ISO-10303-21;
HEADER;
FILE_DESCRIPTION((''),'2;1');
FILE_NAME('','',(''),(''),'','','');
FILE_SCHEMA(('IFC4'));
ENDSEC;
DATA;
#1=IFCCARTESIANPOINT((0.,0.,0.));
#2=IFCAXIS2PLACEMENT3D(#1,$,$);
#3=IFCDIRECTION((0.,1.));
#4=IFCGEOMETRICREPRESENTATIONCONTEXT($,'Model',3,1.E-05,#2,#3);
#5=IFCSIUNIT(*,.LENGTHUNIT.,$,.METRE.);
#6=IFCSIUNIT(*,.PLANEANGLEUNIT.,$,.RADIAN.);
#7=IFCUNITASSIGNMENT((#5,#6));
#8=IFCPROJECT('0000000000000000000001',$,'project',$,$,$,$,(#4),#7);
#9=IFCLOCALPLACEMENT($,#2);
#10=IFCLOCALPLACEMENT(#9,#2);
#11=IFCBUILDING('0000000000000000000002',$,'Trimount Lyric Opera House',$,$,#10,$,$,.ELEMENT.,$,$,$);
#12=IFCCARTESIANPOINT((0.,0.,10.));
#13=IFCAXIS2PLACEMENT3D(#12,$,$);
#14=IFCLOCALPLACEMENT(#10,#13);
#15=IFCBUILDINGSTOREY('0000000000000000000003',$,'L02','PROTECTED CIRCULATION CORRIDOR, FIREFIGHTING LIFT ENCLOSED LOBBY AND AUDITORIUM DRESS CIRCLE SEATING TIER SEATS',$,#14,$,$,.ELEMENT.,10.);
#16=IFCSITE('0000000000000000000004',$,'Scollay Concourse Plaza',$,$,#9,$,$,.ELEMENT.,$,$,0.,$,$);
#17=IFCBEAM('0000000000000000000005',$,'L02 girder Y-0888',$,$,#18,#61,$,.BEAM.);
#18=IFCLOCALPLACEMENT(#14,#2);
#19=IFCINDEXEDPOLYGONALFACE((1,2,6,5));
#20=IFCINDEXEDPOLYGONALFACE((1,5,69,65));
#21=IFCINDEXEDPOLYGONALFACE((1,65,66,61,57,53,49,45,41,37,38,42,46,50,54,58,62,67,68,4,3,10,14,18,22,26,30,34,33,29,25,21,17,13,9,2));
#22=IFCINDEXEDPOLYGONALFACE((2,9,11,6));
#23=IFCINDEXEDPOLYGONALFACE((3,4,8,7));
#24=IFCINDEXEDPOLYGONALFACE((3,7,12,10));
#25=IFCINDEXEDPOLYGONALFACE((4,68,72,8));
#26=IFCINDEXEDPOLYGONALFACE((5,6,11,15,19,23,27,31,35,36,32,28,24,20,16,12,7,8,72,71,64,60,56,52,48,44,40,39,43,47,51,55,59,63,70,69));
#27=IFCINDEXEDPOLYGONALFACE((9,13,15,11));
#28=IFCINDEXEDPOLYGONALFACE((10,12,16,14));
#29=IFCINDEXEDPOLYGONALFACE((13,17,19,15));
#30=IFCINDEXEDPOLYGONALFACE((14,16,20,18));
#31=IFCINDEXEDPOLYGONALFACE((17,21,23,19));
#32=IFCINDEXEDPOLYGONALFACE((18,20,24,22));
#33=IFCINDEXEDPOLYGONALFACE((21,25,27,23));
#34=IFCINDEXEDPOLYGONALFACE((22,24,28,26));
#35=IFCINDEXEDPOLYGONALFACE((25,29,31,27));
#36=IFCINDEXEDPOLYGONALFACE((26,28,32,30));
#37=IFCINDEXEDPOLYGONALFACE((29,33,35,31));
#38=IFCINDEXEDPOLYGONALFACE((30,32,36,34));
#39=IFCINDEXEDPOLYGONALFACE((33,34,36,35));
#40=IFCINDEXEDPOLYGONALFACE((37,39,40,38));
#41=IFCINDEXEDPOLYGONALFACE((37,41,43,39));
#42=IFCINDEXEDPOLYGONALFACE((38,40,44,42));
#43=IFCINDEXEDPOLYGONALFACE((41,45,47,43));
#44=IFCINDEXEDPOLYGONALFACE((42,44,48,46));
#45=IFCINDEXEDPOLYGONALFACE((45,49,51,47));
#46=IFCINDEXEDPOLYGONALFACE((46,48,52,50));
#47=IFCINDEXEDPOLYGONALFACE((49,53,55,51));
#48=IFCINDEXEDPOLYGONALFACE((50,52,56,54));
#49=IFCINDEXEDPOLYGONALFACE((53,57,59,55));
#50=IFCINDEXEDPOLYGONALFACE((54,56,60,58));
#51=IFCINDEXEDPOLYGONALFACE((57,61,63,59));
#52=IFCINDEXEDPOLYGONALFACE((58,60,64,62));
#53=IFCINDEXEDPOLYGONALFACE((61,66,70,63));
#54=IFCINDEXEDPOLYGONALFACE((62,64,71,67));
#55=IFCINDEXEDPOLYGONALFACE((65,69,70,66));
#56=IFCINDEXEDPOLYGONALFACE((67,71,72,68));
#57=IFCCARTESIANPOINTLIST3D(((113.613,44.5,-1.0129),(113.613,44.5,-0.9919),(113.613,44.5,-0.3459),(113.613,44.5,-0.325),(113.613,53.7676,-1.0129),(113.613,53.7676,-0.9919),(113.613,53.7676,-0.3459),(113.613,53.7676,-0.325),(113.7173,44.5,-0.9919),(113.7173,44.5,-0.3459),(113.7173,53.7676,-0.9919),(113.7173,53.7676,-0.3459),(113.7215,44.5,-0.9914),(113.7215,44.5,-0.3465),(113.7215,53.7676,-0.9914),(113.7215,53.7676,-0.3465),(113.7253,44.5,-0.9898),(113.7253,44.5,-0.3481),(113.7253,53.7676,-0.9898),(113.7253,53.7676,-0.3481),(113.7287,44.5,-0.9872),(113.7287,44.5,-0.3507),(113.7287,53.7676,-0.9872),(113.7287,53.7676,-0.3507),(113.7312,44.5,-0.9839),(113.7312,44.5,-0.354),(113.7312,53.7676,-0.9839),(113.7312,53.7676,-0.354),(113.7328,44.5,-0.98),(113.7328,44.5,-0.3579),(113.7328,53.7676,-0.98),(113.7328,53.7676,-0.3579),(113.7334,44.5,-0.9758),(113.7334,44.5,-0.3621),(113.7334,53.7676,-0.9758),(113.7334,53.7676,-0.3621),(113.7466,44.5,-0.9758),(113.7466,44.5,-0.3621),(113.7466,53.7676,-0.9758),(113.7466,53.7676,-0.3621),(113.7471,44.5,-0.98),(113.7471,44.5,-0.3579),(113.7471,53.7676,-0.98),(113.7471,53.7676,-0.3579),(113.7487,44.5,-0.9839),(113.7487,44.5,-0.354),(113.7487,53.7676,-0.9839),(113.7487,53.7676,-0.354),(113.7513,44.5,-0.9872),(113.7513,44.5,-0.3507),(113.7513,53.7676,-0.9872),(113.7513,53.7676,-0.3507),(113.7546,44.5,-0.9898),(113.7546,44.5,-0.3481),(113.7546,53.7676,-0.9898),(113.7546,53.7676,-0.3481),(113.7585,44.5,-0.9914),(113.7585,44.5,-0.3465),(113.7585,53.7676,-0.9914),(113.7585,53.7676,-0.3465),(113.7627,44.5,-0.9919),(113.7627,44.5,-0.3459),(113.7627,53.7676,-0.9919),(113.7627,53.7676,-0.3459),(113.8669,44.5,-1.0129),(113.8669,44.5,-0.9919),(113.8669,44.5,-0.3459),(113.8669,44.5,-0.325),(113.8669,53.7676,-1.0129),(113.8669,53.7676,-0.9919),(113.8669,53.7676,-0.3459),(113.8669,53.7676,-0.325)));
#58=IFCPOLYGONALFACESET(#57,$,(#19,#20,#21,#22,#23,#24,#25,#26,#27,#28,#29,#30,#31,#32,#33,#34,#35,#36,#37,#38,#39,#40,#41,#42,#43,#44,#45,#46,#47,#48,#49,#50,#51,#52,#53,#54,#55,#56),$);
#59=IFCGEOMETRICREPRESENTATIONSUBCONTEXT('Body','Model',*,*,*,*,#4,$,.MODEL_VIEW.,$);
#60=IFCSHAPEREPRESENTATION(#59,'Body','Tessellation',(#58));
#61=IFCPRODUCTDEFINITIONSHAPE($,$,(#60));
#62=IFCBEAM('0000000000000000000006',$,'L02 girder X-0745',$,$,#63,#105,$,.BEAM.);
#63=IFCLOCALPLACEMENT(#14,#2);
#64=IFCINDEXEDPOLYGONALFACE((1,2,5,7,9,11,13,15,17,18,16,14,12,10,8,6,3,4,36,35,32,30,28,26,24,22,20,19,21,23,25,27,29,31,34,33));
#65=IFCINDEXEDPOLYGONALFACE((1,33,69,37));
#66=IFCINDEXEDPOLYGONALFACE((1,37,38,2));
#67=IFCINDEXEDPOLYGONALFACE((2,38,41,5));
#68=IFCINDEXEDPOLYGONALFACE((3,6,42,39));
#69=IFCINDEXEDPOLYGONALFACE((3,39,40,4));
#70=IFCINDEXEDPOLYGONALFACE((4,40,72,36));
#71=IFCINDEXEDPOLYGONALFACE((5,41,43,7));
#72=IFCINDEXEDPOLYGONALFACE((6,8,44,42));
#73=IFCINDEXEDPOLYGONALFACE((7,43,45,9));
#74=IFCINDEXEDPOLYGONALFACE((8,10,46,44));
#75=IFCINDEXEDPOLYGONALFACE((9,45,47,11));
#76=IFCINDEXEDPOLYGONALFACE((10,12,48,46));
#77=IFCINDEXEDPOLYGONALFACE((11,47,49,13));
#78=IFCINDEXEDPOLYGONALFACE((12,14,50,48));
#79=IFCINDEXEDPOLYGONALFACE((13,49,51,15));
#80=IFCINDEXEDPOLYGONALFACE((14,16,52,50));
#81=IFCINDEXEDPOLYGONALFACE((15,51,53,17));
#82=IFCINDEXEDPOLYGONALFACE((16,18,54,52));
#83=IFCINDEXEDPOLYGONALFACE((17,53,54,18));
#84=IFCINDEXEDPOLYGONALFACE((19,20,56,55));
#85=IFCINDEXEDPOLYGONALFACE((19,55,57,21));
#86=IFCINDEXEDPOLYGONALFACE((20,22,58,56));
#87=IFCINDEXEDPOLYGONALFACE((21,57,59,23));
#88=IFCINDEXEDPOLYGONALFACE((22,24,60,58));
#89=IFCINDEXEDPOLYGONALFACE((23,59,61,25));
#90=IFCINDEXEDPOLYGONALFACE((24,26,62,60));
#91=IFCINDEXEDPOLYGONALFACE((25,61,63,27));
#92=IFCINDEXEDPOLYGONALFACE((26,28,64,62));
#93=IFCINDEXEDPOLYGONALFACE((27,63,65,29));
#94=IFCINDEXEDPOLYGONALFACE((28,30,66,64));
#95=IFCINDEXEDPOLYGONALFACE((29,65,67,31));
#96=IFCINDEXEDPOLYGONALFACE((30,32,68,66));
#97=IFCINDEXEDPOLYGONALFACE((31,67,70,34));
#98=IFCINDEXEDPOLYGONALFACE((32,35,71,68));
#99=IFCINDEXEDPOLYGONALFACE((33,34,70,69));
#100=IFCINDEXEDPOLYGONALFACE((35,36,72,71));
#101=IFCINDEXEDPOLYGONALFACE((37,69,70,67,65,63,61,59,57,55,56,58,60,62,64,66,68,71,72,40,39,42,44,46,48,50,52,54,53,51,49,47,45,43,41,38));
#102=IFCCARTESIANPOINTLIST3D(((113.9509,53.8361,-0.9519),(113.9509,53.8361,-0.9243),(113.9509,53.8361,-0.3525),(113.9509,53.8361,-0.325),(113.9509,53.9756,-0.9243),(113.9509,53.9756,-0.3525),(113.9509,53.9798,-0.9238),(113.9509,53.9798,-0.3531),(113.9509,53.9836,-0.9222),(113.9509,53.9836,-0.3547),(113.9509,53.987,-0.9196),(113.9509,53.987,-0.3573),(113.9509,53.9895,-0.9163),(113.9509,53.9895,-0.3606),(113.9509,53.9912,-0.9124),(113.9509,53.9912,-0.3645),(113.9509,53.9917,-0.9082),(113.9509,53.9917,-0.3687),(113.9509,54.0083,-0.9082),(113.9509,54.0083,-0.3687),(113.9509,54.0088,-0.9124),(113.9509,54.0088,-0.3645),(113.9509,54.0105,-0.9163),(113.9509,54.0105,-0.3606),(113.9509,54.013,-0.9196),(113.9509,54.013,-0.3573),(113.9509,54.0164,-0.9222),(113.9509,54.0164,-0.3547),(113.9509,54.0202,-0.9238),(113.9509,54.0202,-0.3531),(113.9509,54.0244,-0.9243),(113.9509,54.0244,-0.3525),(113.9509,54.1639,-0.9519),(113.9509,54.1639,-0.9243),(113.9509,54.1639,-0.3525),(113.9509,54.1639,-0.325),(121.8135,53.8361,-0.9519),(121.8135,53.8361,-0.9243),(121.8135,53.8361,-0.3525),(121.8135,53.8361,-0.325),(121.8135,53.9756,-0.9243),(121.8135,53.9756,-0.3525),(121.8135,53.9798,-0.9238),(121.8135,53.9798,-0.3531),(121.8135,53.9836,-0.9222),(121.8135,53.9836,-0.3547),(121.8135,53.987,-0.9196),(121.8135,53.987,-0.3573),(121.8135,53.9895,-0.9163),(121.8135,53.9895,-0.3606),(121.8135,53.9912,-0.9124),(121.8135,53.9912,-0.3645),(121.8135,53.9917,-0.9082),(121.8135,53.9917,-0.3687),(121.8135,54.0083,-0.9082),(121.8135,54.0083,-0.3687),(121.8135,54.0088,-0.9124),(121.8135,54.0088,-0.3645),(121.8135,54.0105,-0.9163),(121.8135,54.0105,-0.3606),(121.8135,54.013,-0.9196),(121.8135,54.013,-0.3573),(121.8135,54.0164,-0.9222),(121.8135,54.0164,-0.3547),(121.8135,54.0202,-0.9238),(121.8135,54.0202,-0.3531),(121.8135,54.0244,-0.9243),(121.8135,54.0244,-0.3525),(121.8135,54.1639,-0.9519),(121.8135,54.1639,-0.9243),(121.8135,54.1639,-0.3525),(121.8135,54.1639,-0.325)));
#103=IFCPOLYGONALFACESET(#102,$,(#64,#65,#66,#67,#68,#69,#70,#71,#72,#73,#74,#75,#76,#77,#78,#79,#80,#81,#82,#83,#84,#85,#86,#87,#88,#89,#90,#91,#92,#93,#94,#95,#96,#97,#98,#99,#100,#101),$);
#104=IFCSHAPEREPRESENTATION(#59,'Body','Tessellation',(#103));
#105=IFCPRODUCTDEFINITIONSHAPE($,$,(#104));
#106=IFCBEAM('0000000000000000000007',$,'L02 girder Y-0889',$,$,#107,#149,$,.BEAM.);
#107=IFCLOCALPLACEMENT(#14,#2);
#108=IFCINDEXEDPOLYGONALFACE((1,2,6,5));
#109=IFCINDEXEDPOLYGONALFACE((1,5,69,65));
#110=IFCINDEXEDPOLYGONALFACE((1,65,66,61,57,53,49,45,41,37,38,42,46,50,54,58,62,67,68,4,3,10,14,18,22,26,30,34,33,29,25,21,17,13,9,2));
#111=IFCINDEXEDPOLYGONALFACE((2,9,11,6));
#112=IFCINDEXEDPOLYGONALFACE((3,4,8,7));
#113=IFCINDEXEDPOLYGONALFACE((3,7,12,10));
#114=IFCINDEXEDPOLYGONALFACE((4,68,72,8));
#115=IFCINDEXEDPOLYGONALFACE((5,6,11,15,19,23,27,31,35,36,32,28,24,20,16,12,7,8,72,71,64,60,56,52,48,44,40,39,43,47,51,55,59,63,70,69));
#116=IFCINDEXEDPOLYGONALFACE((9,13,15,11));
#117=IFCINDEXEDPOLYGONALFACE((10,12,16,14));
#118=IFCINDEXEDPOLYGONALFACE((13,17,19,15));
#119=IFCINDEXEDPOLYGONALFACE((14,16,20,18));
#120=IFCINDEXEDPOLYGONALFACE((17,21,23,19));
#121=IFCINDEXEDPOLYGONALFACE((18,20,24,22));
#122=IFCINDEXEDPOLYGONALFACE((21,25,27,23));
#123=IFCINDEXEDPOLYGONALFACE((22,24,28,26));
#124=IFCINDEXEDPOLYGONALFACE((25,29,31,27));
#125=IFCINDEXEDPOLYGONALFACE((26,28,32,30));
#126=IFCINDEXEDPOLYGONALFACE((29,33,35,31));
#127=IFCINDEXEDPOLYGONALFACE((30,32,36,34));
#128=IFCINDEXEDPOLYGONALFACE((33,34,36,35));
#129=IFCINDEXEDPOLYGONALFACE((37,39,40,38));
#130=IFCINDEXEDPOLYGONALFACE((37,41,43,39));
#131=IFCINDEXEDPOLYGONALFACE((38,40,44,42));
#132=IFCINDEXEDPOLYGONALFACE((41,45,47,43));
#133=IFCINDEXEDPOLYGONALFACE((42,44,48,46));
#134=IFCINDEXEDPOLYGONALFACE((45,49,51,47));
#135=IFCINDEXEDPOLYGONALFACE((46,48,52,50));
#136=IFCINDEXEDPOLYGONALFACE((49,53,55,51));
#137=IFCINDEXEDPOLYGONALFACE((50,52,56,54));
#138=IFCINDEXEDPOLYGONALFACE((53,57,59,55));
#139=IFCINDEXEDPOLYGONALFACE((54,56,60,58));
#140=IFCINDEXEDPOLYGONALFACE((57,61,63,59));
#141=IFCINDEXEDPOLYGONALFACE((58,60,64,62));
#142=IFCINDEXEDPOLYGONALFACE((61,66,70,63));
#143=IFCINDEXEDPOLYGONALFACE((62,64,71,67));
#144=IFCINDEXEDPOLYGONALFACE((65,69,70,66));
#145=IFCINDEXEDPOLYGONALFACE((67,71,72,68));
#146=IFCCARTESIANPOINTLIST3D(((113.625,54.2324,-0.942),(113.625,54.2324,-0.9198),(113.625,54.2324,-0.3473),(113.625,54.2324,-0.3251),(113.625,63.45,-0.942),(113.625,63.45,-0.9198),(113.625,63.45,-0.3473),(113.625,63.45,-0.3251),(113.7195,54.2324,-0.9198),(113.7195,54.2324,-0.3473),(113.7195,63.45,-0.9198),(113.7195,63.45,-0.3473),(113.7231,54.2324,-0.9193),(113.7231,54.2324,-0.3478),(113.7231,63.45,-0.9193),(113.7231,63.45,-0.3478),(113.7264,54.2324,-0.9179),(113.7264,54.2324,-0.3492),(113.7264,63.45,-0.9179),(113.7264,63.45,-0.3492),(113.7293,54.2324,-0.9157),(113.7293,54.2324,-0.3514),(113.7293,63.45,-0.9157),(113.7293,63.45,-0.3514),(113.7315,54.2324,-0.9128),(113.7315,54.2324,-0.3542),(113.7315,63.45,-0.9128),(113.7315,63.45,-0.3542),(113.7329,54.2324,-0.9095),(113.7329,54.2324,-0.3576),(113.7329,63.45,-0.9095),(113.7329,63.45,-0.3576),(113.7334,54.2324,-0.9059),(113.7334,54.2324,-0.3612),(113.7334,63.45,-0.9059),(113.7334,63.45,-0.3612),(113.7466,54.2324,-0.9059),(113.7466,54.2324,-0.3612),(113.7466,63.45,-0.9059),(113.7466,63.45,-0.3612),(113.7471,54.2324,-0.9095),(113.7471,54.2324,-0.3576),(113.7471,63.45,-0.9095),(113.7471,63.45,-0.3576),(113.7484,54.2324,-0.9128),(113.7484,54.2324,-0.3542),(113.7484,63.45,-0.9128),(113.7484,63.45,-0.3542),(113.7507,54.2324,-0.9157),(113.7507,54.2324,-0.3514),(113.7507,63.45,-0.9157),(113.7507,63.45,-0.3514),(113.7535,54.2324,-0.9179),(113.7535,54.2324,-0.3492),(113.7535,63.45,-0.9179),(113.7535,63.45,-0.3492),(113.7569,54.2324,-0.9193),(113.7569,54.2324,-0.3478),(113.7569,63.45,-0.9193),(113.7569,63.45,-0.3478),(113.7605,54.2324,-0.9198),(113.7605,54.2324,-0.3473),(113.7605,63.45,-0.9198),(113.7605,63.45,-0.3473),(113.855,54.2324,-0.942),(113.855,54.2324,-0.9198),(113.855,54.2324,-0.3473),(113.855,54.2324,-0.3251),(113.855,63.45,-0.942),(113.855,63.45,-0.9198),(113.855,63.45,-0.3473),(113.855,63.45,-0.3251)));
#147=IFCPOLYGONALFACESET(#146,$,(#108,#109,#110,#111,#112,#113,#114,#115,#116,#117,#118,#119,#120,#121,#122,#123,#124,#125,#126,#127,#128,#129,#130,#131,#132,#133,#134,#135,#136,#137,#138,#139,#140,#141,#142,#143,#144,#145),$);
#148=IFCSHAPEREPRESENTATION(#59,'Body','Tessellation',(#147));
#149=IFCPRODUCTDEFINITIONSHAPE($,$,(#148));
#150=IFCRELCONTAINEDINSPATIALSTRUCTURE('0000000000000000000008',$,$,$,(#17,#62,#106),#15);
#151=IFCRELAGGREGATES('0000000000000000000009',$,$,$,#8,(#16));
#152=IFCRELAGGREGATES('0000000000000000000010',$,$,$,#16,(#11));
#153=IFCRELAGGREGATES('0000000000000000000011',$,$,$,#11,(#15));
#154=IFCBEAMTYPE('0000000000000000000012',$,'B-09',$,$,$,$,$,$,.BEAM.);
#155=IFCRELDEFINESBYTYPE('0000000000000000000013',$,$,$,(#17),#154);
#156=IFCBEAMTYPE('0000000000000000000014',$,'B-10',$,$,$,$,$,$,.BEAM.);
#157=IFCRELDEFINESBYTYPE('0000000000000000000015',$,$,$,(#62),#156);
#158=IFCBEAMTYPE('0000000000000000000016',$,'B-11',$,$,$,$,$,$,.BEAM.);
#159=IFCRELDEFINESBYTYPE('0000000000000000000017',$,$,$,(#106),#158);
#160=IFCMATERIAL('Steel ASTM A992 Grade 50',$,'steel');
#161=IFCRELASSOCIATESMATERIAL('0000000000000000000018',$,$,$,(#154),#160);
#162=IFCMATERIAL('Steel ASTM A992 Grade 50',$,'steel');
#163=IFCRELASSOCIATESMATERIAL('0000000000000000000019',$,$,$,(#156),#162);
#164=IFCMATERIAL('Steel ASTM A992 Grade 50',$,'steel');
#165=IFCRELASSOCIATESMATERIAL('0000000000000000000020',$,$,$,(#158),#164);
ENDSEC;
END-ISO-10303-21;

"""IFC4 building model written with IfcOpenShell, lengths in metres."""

from ifc_helpers import new_model, si_unit, direction, frame, origin, origin_2d, place, context, subcontext, project, spatial, i_section, extrude, material, material_profile, profile_set, type_object, element, save


model = new_model("IFC4")

# Units and contexts
model_context = context("Model", 3, precision=1e-05, world=origin(), true_north=direction((0.0, 1.0)))
body_context = subcontext(model_context, "Body", "Model", "MODEL_VIEW")
ifc_project = project(units=[si_unit("LENGTHUNIT", "METRE"), si_unit("PLANEANGLEUNIT", "RADIAN")], contexts=[model_context])

# Site, building, storey
site_placement = place(None, origin())
site = spatial("IfcSite", under=ifc_project, at=site_placement, Name="Scollay Concourse Plaza", CompositionType="ELEMENT", RefElevation=0.0)
building_placement = place(site_placement, origin())
building = spatial("IfcBuilding", under=site, at=building_placement, Name="Trimount Lyric Opera House", CompositionType="ELEMENT")
storey_placement = place(building_placement, frame((0.0, 0.0, 10.0)))
storey = spatial("IfcBuildingStorey", under=building, at=storey_placement, Name="L02", Description="PROTECTED CIRCULATION CORRIDOR, FIREFIGHTING LIFT ENCLOSED LOBBY AND AUDITORIUM DRESS CIRCLE SEATING TIER SEATS", CompositionType="ELEMENT", Elevation=10.0)

# Beams
ifc_material_1 = material(Name="Steel ASTM A992 Grade 50", Category="steel")
ifc_material_profile_1 = material_profile(ifc_material_1, i_section(OverallWidth=0.2539, OverallDepth=0.688, WebThickness=0.0132, FlangeThickness=0.021, FilletRadius=0.0161, at=origin_2d()), Name="W27X102")
ifc_profile_set_1 = profile_set([ifc_material_profile_1], Name="Steel ASTM A992 Grade 50")
beam_type_1 = type_object("IfcBeamType", Name="B-09", PredefinedType="BEAM", material=ifc_profile_set_1)
beam_1_placement = place(storey_placement, frame((113.74, 44.5, -0.6689), z_axis=(0.0, 1.0, 0.0), x_axis=(-1.0, 0.0, 0.0)))
element("IfcBeam", 1, at=beam_1_placement, inside=storey, type_object=beam_type_1, Name="L02 girder Y-0888", PredefinedType="BEAM", context=body_context, shape_type="SweptSolid", body=[
    extrude(i_section(OverallWidth=0.2539, OverallDepth=0.688, WebThickness=0.0132, FlangeThickness=0.021, FilletRadius=0.0161, at=origin_2d()), origin(), (0.0, 0.0, 1.0), 9.2676),
])
ifc_material_2 = material(Name="Steel ASTM A992 Grade 50", Category="steel")
ifc_material_profile_2 = material_profile(ifc_material_2, i_section(OverallWidth=0.3279, OverallDepth=0.627, WebThickness=0.0166, FlangeThickness=0.0276, FilletRadius=0.0161, at=origin_2d()), Name="W24X146")
ifc_profile_set_2 = profile_set([ifc_material_profile_2], Name="Steel ASTM A992 Grade 50")
beam_type_2 = type_object("IfcBeamType", Name="B-10", PredefinedType="BEAM", material=ifc_profile_set_2)
beam_2_placement = place(storey_placement, frame((113.9509, 54.0, -0.6384), z_axis=(1.0, 0.0, 0.0), x_axis=(0.0, 1.0, 0.0)))
element("IfcBeam", 2, at=beam_2_placement, inside=storey, type_object=beam_type_2, Name="L02 girder X-0745", PredefinedType="BEAM", context=body_context, shape_type="SweptSolid", body=[
    extrude(i_section(OverallWidth=0.3279, OverallDepth=0.627, WebThickness=0.0166, FlangeThickness=0.0276, FilletRadius=0.0161, at=origin_2d()), origin(), (0.0, 0.0, 1.0), 7.8625),
])
ifc_material_3 = material(Name="Steel ASTM A992 Grade 50", Category="steel")
ifc_material_profile_3 = material_profile(ifc_material_3, i_section(OverallWidth=0.23, OverallDepth=0.6169, WebThickness=0.0132, FlangeThickness=0.0222, FilletRadius=0.0139, at=origin_2d()), Name="W24X94")
ifc_profile_set_3 = profile_set([ifc_material_profile_3], Name="Steel ASTM A992 Grade 50")
beam_type_3 = type_object("IfcBeamType", Name="B-11", PredefinedType="BEAM", material=ifc_profile_set_3)
beam_3_placement = place(storey_placement, frame((113.74, 54.2324, -0.6335), z_axis=(0.0, 1.0, 0.0), x_axis=(-1.0, 0.0, 0.0)))
element("IfcBeam", 3, at=beam_3_placement, inside=storey, type_object=beam_type_3, Name="L02 girder Y-0889", PredefinedType="BEAM", context=body_context, shape_type="SweptSolid", body=[
    extrude(i_section(OverallWidth=0.23, OverallDepth=0.6169, WebThickness=0.0132, FlangeThickness=0.0222, FilletRadius=0.0139, at=origin_2d()), origin(), (0.0, 0.0, 1.0), 9.2175),
])

save(model, "model.ifc")
